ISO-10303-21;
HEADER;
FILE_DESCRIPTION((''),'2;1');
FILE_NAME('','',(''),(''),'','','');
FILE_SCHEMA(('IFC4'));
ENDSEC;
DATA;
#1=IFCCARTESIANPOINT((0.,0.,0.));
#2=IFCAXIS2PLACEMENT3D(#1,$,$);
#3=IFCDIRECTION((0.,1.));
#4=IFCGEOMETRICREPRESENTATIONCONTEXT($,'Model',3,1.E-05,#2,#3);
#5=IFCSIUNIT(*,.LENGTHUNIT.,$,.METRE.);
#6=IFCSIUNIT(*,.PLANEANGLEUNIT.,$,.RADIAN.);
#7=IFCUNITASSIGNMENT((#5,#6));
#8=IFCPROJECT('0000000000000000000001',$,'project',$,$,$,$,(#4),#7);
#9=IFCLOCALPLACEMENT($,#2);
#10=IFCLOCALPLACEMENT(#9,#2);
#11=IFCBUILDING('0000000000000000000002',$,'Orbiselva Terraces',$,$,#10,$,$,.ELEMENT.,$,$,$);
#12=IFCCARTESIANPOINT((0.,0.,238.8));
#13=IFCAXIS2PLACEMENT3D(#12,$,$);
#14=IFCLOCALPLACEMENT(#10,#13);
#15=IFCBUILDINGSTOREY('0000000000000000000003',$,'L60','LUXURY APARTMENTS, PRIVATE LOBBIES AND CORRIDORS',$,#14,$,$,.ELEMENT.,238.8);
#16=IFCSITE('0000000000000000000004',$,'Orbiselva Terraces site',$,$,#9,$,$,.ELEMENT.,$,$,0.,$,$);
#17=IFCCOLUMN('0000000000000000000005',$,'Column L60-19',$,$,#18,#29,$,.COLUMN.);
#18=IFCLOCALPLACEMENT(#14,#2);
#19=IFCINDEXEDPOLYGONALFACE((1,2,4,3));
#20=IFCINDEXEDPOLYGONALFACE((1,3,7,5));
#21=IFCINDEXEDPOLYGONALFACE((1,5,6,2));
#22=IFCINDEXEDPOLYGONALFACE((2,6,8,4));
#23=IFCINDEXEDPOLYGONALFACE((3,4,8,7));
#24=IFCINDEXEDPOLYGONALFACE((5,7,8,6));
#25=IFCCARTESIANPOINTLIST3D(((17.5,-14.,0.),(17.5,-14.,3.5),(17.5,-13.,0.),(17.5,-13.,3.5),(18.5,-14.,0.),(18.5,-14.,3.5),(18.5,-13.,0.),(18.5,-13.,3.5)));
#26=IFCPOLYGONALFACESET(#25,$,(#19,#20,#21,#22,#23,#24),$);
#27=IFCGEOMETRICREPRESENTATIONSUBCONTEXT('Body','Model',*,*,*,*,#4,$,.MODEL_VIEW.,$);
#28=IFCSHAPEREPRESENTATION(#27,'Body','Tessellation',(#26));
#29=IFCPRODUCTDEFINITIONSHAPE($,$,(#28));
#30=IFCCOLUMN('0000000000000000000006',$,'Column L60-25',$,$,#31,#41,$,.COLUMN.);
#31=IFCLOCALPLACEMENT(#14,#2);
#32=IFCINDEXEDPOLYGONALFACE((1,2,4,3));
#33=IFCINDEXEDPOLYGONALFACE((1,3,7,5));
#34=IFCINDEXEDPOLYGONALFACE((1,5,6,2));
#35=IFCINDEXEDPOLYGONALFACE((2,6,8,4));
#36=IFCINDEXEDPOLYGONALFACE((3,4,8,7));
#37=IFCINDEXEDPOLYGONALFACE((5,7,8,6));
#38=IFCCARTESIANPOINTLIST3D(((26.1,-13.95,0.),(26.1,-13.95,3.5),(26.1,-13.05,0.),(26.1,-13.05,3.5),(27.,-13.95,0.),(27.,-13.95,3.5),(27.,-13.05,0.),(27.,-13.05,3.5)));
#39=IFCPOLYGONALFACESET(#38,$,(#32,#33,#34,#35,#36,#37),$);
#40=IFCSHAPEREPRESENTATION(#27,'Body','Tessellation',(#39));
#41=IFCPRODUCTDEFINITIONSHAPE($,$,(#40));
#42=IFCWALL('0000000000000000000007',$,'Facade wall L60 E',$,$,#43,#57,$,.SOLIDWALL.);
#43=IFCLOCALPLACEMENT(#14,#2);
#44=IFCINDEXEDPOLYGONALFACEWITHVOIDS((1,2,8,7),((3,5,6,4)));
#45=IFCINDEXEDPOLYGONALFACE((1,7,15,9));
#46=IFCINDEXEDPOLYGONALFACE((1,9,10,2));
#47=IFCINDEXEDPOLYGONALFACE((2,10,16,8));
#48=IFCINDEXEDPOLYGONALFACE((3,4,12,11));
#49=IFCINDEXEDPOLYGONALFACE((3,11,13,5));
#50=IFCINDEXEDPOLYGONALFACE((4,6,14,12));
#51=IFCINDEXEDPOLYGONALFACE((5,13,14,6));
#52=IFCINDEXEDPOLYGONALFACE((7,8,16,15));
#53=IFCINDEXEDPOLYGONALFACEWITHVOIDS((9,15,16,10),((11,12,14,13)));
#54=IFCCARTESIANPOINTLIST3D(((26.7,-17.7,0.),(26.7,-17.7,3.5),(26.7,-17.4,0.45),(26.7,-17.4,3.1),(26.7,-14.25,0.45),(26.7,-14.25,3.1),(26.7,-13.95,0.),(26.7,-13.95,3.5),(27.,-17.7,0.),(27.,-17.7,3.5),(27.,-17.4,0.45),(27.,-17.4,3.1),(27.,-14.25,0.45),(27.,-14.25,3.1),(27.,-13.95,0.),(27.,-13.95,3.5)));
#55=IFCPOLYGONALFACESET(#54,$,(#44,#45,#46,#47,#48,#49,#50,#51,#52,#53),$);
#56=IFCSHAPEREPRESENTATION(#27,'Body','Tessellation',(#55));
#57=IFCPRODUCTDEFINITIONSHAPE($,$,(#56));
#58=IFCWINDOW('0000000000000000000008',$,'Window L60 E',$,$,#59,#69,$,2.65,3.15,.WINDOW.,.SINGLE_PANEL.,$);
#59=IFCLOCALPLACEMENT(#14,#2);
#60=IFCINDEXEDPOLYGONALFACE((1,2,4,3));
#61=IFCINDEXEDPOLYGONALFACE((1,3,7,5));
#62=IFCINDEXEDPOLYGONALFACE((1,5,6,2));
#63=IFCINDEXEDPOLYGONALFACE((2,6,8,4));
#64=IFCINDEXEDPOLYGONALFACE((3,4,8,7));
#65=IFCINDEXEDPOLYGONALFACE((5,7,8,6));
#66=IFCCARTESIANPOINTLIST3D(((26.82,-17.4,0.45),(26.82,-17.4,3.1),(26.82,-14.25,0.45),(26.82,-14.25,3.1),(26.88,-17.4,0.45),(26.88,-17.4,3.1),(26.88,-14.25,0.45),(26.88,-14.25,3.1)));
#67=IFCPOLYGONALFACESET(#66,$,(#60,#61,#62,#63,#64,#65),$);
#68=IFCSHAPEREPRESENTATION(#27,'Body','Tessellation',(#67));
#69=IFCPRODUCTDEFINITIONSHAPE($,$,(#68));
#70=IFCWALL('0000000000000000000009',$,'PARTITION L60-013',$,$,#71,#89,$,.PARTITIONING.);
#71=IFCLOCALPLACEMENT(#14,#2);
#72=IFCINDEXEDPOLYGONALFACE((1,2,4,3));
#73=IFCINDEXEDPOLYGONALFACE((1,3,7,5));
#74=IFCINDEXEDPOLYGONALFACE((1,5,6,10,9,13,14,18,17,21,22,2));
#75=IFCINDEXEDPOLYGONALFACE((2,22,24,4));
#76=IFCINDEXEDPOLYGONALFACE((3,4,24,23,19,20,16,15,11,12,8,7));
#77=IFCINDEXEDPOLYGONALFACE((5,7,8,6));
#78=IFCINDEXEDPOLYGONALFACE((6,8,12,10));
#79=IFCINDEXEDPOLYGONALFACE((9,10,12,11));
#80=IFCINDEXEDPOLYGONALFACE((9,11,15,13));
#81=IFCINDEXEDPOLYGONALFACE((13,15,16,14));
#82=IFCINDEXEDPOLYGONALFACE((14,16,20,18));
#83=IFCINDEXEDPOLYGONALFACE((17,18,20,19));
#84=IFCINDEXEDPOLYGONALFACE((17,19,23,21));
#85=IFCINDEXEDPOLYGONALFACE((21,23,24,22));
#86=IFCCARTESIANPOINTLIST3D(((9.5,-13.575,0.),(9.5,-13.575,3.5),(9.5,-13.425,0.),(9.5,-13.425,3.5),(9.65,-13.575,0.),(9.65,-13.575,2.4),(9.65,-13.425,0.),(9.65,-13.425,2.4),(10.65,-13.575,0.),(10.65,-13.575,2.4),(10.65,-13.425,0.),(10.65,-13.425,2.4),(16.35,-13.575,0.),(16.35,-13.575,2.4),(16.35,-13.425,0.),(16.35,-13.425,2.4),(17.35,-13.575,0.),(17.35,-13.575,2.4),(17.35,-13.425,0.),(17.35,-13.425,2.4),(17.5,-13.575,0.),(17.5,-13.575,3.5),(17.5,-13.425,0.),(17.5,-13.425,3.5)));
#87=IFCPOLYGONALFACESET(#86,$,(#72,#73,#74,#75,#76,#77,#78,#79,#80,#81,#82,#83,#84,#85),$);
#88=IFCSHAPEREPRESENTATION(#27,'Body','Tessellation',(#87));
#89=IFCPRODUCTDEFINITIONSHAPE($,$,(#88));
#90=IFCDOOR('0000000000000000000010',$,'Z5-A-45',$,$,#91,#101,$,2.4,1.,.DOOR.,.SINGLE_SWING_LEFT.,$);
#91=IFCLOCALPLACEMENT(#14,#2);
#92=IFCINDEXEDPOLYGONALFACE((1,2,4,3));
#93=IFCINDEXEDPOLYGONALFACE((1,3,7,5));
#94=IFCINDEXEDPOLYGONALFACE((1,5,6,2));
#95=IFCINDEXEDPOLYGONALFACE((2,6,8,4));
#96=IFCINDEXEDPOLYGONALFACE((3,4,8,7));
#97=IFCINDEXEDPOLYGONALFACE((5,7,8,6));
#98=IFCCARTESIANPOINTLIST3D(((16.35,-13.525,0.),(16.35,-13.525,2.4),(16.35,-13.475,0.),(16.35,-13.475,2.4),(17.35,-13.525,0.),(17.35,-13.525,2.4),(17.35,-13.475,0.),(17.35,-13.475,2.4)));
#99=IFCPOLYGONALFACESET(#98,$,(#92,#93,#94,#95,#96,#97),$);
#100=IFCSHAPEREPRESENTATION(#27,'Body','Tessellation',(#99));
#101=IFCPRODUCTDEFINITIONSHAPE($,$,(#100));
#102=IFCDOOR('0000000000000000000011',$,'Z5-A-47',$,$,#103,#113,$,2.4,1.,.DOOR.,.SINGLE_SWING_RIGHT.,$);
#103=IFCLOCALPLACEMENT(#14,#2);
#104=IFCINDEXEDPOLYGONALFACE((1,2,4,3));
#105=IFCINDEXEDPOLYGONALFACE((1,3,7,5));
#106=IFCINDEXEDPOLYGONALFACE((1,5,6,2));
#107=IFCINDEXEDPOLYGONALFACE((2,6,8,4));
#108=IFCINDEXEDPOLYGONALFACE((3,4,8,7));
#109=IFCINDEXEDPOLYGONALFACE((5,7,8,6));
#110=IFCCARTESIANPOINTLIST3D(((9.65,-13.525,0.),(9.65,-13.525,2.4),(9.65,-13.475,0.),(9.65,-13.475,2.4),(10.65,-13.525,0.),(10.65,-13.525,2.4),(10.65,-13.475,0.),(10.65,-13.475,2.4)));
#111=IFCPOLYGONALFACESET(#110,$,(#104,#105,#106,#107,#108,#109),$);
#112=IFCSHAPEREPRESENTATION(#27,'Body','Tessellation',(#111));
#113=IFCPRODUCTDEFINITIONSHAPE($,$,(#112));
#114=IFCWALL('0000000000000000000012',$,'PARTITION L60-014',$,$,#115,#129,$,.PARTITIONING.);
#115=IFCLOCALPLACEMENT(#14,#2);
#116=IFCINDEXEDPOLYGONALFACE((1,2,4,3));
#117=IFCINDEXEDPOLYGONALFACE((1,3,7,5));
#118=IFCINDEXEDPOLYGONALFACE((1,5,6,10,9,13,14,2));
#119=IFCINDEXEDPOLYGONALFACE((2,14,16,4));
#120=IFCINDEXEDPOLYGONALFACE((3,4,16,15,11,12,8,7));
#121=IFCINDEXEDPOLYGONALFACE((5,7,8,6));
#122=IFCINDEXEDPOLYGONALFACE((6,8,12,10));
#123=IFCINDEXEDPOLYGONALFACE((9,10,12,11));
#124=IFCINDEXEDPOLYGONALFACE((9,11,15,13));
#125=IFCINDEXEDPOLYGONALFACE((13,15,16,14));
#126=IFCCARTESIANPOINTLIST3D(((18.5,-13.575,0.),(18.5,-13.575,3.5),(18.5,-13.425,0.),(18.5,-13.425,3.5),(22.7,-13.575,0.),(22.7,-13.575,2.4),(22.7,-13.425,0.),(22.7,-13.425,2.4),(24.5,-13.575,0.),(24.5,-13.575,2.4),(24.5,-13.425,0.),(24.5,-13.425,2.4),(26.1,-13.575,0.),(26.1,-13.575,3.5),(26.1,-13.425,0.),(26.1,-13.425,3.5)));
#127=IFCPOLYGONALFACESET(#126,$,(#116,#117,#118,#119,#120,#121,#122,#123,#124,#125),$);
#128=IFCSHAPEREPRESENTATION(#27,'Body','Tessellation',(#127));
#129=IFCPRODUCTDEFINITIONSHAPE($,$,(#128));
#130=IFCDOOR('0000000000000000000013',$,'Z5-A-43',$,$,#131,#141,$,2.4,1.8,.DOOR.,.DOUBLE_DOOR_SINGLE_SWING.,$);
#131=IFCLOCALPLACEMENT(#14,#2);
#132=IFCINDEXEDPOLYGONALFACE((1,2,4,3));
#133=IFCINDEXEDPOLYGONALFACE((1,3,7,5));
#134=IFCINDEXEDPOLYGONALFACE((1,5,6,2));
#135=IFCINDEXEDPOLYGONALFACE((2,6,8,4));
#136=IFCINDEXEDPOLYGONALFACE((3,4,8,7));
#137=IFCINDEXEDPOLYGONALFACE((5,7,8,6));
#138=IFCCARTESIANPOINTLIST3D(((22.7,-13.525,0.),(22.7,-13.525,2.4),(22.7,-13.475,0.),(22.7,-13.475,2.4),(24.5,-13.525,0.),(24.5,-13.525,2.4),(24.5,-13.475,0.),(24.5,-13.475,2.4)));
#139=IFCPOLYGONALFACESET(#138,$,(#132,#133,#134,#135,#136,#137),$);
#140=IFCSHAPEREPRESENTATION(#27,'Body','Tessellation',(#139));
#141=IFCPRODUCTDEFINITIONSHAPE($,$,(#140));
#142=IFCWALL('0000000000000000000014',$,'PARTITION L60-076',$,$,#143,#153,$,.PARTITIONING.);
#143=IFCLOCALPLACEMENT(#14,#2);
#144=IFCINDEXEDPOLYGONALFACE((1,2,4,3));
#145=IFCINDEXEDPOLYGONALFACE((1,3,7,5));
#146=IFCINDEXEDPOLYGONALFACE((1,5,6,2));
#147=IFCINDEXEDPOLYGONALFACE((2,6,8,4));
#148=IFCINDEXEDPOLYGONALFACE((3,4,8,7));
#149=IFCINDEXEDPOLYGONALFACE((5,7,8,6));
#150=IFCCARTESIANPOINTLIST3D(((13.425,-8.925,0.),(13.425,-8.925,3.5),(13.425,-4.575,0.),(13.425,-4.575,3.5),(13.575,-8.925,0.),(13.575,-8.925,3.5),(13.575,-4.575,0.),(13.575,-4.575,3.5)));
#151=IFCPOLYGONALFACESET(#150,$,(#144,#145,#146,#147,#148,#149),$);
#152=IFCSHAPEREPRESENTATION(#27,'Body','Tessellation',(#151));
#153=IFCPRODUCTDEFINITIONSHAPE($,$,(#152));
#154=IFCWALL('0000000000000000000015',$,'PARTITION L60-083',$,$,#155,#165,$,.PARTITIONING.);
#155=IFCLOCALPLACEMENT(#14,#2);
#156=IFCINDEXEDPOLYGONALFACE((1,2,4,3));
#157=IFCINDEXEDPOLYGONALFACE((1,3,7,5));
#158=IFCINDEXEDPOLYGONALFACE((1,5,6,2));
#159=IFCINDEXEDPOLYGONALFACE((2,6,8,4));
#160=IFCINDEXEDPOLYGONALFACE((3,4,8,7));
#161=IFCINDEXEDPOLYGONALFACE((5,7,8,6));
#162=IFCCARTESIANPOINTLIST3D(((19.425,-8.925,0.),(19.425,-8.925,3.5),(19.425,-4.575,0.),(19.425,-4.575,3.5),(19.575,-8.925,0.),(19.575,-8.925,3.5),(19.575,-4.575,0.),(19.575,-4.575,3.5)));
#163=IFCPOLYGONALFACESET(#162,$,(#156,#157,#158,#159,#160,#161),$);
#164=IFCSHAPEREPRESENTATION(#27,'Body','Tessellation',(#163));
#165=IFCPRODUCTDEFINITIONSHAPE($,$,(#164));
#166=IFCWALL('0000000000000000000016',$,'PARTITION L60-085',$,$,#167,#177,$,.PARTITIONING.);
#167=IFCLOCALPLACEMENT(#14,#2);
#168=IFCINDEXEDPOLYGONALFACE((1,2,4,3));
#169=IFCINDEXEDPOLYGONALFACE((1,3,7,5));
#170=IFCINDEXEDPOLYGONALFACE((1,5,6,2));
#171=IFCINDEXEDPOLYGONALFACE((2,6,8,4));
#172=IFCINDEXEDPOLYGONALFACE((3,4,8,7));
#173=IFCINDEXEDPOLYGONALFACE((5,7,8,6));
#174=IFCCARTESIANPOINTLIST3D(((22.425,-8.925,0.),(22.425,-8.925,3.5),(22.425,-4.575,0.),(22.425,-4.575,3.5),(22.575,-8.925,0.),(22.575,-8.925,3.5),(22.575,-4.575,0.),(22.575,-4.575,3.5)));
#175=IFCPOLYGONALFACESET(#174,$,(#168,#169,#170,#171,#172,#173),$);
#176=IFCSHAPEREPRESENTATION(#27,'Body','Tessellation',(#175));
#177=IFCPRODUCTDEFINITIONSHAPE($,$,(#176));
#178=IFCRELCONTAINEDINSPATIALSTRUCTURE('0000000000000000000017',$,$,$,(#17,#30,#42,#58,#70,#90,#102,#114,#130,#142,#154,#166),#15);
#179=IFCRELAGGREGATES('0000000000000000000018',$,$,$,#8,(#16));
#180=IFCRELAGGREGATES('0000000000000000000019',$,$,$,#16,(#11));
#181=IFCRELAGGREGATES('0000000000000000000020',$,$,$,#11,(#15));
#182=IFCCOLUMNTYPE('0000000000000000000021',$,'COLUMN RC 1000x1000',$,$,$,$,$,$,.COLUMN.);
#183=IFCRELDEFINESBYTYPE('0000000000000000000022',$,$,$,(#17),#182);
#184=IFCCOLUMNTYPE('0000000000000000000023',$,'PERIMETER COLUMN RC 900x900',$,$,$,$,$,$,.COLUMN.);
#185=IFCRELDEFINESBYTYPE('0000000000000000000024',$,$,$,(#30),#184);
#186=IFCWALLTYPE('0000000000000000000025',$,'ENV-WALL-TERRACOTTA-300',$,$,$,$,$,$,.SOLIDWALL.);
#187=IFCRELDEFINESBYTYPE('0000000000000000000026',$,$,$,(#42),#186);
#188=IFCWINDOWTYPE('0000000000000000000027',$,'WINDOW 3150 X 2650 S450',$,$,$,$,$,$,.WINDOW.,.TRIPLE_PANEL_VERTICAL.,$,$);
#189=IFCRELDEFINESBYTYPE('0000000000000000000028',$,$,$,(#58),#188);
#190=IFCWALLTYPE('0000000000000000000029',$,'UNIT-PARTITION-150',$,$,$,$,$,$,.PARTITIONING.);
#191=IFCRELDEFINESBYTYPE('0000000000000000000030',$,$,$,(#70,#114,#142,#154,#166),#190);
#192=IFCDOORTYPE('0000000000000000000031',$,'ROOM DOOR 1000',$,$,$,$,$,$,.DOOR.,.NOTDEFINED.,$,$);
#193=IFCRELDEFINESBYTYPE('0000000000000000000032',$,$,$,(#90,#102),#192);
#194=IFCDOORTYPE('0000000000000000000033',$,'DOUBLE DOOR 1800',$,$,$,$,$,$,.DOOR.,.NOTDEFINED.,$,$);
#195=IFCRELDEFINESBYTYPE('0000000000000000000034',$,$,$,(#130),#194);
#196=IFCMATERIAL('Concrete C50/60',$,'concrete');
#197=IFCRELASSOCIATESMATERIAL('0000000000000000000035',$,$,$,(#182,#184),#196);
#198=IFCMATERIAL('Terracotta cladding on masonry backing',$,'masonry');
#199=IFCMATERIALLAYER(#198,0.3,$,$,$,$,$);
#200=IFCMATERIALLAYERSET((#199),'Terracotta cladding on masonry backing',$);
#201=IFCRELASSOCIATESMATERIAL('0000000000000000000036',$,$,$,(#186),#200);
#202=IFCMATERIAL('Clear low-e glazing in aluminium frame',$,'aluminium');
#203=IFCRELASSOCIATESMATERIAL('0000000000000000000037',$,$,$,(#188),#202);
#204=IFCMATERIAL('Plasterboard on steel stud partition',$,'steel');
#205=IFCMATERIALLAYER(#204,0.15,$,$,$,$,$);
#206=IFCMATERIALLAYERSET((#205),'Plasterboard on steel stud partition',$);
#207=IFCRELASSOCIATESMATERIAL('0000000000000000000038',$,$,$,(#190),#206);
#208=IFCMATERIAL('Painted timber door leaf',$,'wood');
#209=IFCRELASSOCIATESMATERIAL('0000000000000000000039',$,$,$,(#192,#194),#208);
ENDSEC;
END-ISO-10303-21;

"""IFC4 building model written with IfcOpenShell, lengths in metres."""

from ifc_helpers import new_model, si_unit, direction, frame, frame_2d, origin, origin_2d, place, context, subcontext, project, spatial, rectangle, extrude, material, layer, layer_set, material_profile, profile_set, type_object, element, fill, save


model = new_model("IFC4")

# Units and contexts
model_context = context("Model", 3, precision=1e-05, world=origin(), true_north=direction((0.0, 1.0)))
body_context = subcontext(model_context, "Body", "Model", "MODEL_VIEW")
ifc_project = project(units=[si_unit("LENGTHUNIT", "METRE"), si_unit("PLANEANGLEUNIT", "RADIAN")], contexts=[model_context])

# Site, building, storey
site_placement = place(None, origin())
site = spatial("IfcSite", under=ifc_project, at=site_placement, Name="Orbiselva Terraces site", CompositionType="ELEMENT", RefElevation=0.0)
building_placement = place(site_placement, origin())
building = spatial("IfcBuilding", under=site, at=building_placement, Name="Orbiselva Terraces", CompositionType="ELEMENT")
storey_placement = place(building_placement, frame((0.0, 0.0, 238.8)))
storey = spatial("IfcBuildingStorey", under=building, at=storey_placement, Name="L60", Description="LUXURY APARTMENTS, PRIVATE LOBBIES AND CORRIDORS", CompositionType="ELEMENT", Elevation=238.8)

# Columns
ifc_material_1 = material(Name="Concrete C50/60", Category="concrete")
ifc_material_profile_1 = material_profile(ifc_material_1, rectangle(XDim=1.0, YDim=1.0, at=origin_2d()), Name="RC 1000x1000")
ifc_profile_set_1 = profile_set([ifc_material_profile_1], Name="Concrete C50/60")
column_type_1 = type_object("IfcColumnType", Name="COLUMN RC 1000x1000", PredefinedType="COLUMN", material=ifc_profile_set_1)
column_1_placement = place(storey_placement, frame((18.0, -13.5, 0.0), z_axis=(0.0, 0.0, 1.0), x_axis=(1.0, 0.0, 0.0)))
element("IfcColumn", 1, at=column_1_placement, inside=storey, type_object=column_type_1, Name="Column L60-19", PredefinedType="COLUMN", context=body_context, shape_type="SweptSolid", body=[
    extrude(rectangle(XDim=1.0, YDim=1.0, at=origin_2d()), origin(), (0.0, 0.0, 1.0), 3.5),
])
ifc_material_profile_2 = material_profile(ifc_material_1, rectangle(XDim=0.9, YDim=0.9, at=origin_2d()), Name="RC 900x900")
ifc_profile_set_2 = profile_set([ifc_material_profile_2], Name="Concrete C50/60")
column_type_2 = type_object("IfcColumnType", Name="PERIMETER COLUMN RC 900x900", PredefinedType="COLUMN", material=ifc_profile_set_2)
column_2_placement = place(storey_placement, frame((26.55, -13.5, 0.0), z_axis=(0.0, 0.0, 1.0), x_axis=(1.0, 0.0, 0.0)))
element("IfcColumn", 2, at=column_2_placement, inside=storey, type_object=column_type_2, Name="Column L60-25", PredefinedType="COLUMN", context=body_context, shape_type="SweptSolid", body=[
    extrude(rectangle(XDim=0.9, YDim=0.9, at=origin_2d()), origin(), (0.0, 0.0, 1.0), 3.5),
])

# Wall, opening, window
ifc_material_2 = material(Name="Terracotta cladding on masonry backing", Category="masonry")
ifc_layer_1 = layer(ifc_material_2, 0.3)
ifc_layer_set_1 = layer_set([ifc_layer_1], Name="Terracotta cladding on masonry backing")
wall_type_1 = type_object("IfcWallType", Name="ENV-WALL-TERRACOTTA-300", PredefinedType="SOLIDWALL", material=ifc_layer_set_1)
wall_1_placement = place(storey_placement, frame((26.85, -13.95, 0.0), z_axis=(0.0, 0.0, 1.0), x_axis=(0.0, -1.0, 0.0)))
wall_1 = element("IfcWall", 3, at=wall_1_placement, inside=storey, type_object=wall_type_1, Name="Facade wall L60 E", PredefinedType="SOLIDWALL", context=body_context, shape_type="SweptSolid", body=[
    extrude(rectangle(XDim=3.75, YDim=0.3, at=frame_2d((1.875, 0.0))), origin(), (0.0, 0.0, 1.0), 3.5),
])
opening_1_placement = place(wall_1_placement, frame((0.3, 0.0, 0.45)))
opening_1 = element("IfcOpeningElement", 4, at=opening_1_placement, cuts=wall_1, PredefinedType="OPENING", context=body_context, shape_type="SweptSolid", body=[
    extrude(rectangle(XDim=3.15, YDim=2.65, at=frame_2d((1.575, 1.325))), frame((0.0, 0.16, 0.0), z_axis=(0.0, -1.0, 0.0), x_axis=(1.0, 0.0, 0.0)), (0.0, 0.0, 1.0), 0.32),
])
ifc_material_3 = material(Name="Clear low-e glazing in aluminium frame", Category="aluminium")
window_type = type_object("IfcWindowType", Name="WINDOW 3150 X 2650 S450", PartitioningType="TRIPLE_PANEL_VERTICAL", PredefinedType="WINDOW", material=ifc_material_3)
window_placement = place(opening_1_placement, origin())
window = element("IfcWindow", 5, at=window_placement, inside=storey, type_object=window_type, Name="Window L60 E", OverallHeight=2.65, OverallWidth=3.15, PartitioningType="SINGLE_PANEL", PredefinedType="WINDOW", context=body_context, shape_type="SweptSolid", body=[
    extrude(rectangle(XDim=3.15, YDim=2.65, at=frame_2d((1.575, 1.325))), frame((0.0, 0.03, 0.0), z_axis=(0.0, -1.0, 0.0), x_axis=(1.0, 0.0, 0.0)), (0.0, 0.0, 1.0), 0.06),
])
fill(opening_1, window)

# Wall, openings, doors
ifc_material_4 = material(Name="Plasterboard on steel stud partition", Category="steel")
ifc_layer_2 = layer(ifc_material_4, 0.15)
ifc_layer_set_2 = layer_set([ifc_layer_2], Name="Plasterboard on steel stud partition")
wall_type_2 = type_object("IfcWallType", Name="UNIT-PARTITION-150", PredefinedType="PARTITIONING", material=ifc_layer_set_2)
wall_2_placement = place(storey_placement, frame((17.5, -13.5, 0.0), z_axis=(0.0, 0.0, 1.0), x_axis=(-1.0, 0.0, 0.0)))
wall_2 = element("IfcWall", 6, at=wall_2_placement, inside=storey, type_object=wall_type_2, Name="PARTITION L60-013", PredefinedType="PARTITIONING", context=body_context, shape_type="SweptSolid", body=[
    extrude(rectangle(XDim=8.0, YDim=0.15, at=frame_2d((4.0, 0.0))), origin(), (0.0, 0.0, 1.0), 3.5),
])
opening_2_placement = place(wall_2_placement, frame((0.15, 0.0, 0.0)))
opening_2 = element("IfcOpeningElement", 7, at=opening_2_placement, cuts=wall_2, PredefinedType="OPENING", context=body_context, shape_type="SweptSolid", body=[
    extrude(rectangle(XDim=1.0, YDim=2.4, at=frame_2d((0.5, 1.2))), frame((0.0, 0.085, 0.0), z_axis=(0.0, -1.0, 0.0), x_axis=(1.0, 0.0, 0.0)), (0.0, 0.0, 1.0), 0.17),
])
opening_3_placement = place(wall_2_placement, frame((6.85, 0.0, 0.0)))
opening_3 = element("IfcOpeningElement", 8, at=opening_3_placement, cuts=wall_2, PredefinedType="OPENING", context=body_context, shape_type="SweptSolid", body=[
    extrude(rectangle(XDim=1.0, YDim=2.4, at=frame_2d((0.5, 1.2))), frame((0.0, 0.085, 0.0), z_axis=(0.0, -1.0, 0.0), x_axis=(1.0, 0.0, 0.0)), (0.0, 0.0, 1.0), 0.17),
])
ifc_material_5 = material(Name="Painted timber door leaf", Category="wood")
door_type_1 = type_object("IfcDoorType", Name="ROOM DOOR 1000", OperationType="NOTDEFINED", PredefinedType="DOOR", material=ifc_material_5)
door_1_placement = place(opening_2_placement, origin())
door_1 = element("IfcDoor", 9, at=door_1_placement, inside=storey, type_object=door_type_1, Name="Z5-A-45", OperationType="SINGLE_SWING_LEFT", OverallHeight=2.4, OverallWidth=1.0, PredefinedType="DOOR", context=body_context, shape_type="SweptSolid", body=[
    extrude(rectangle(XDim=1.0, YDim=2.4, at=frame_2d((0.5, 1.2))), frame((0.0, 0.025, 0.0), z_axis=(0.0, -1.0, 0.0), x_axis=(1.0, 0.0, 0.0)), (0.0, 0.0, 1.0), 0.05),
])
fill(opening_2, door_1)
door_2_placement = place(opening_3_placement, origin())
door_2 = element("IfcDoor", 10, at=door_2_placement, inside=storey, type_object=door_type_1, Name="Z5-A-47", OperationType="SINGLE_SWING_RIGHT", OverallHeight=2.4, OverallWidth=1.0, PredefinedType="DOOR", context=body_context, shape_type="SweptSolid", body=[
    extrude(rectangle(XDim=1.0, YDim=2.4, at=frame_2d((0.5, 1.2))), frame((0.0, 0.025, 0.0), z_axis=(0.0, -1.0, 0.0), x_axis=(1.0, 0.0, 0.0)), (0.0, 0.0, 1.0), 0.05),
])
fill(opening_3, door_2)

# Wall, opening, door
wall_3_placement = place(storey_placement, frame((26.1, -13.5, 0.0), z_axis=(0.0, 0.0, 1.0), x_axis=(-1.0, 0.0, 0.0)))
wall_3 = element("IfcWall", 11, at=wall_3_placement, inside=storey, type_object=wall_type_2, Name="PARTITION L60-014", PredefinedType="PARTITIONING", context=body_context, shape_type="SweptSolid", body=[
    extrude(rectangle(XDim=7.6, YDim=0.15, at=frame_2d((3.8, 0.0))), origin(), (0.0, 0.0, 1.0), 3.5),
])
opening_4_placement = place(wall_3_placement, frame((1.6, 0.0, 0.0)))
opening_4 = element("IfcOpeningElement", 12, at=opening_4_placement, cuts=wall_3, PredefinedType="OPENING", context=body_context, shape_type="SweptSolid", body=[
    extrude(rectangle(XDim=1.8, YDim=2.4, at=frame_2d((0.9, 1.2))), frame((0.0, 0.085, 0.0), z_axis=(0.0, -1.0, 0.0), x_axis=(1.0, 0.0, 0.0)), (0.0, 0.0, 1.0), 0.17),
])
door_type_2 = type_object("IfcDoorType", Name="DOUBLE DOOR 1800", OperationType="NOTDEFINED", PredefinedType="DOOR", material=ifc_material_5)
door_3_placement = place(opening_4_placement, origin())
door_3 = element("IfcDoor", 13, at=door_3_placement, inside=storey, type_object=door_type_2, Name="Z5-A-43", OperationType="DOUBLE_DOOR_SINGLE_SWING", OverallHeight=2.4, OverallWidth=1.8, PredefinedType="DOOR", context=body_context, shape_type="SweptSolid", body=[
    extrude(rectangle(XDim=1.8, YDim=2.4, at=frame_2d((0.9, 1.2))), frame((0.0, 0.025, 0.0), z_axis=(0.0, -1.0, 0.0), x_axis=(1.0, 0.0, 0.0)), (0.0, 0.0, 1.0), 0.05),
])
fill(opening_4, door_3)

# Walls
for number, where, z_axis, x_axis, name in (
    (14, (13.5, -8.925, 0.0), (0.0, 0.0, 1.0), (0.0, 1.0, 0.0), "PARTITION L60-076"),
    (15, (19.5, -8.925, 0.0), (0.0, 0.0, 1.0), (0.0, 1.0, 0.0), "PARTITION L60-083"),
    (16, (22.5, -8.925, 0.0), (0.0, 0.0, 1.0), (0.0, 1.0, 0.0), "PARTITION L60-085"),
):
    element("IfcWall", number, at=place(storey_placement, frame(where, z_axis=z_axis, x_axis=x_axis)), inside=storey, type_object=wall_type_2, Name=name, PredefinedType="PARTITIONING", context=body_context, shape_type="SweptSolid", body=[
        extrude(rectangle(XDim=4.35, YDim=0.15, at=frame_2d((2.175, 0.0))), origin(), (0.0, 0.0, 1.0), 3.5),
    ])

save(model, "model.ifc")
